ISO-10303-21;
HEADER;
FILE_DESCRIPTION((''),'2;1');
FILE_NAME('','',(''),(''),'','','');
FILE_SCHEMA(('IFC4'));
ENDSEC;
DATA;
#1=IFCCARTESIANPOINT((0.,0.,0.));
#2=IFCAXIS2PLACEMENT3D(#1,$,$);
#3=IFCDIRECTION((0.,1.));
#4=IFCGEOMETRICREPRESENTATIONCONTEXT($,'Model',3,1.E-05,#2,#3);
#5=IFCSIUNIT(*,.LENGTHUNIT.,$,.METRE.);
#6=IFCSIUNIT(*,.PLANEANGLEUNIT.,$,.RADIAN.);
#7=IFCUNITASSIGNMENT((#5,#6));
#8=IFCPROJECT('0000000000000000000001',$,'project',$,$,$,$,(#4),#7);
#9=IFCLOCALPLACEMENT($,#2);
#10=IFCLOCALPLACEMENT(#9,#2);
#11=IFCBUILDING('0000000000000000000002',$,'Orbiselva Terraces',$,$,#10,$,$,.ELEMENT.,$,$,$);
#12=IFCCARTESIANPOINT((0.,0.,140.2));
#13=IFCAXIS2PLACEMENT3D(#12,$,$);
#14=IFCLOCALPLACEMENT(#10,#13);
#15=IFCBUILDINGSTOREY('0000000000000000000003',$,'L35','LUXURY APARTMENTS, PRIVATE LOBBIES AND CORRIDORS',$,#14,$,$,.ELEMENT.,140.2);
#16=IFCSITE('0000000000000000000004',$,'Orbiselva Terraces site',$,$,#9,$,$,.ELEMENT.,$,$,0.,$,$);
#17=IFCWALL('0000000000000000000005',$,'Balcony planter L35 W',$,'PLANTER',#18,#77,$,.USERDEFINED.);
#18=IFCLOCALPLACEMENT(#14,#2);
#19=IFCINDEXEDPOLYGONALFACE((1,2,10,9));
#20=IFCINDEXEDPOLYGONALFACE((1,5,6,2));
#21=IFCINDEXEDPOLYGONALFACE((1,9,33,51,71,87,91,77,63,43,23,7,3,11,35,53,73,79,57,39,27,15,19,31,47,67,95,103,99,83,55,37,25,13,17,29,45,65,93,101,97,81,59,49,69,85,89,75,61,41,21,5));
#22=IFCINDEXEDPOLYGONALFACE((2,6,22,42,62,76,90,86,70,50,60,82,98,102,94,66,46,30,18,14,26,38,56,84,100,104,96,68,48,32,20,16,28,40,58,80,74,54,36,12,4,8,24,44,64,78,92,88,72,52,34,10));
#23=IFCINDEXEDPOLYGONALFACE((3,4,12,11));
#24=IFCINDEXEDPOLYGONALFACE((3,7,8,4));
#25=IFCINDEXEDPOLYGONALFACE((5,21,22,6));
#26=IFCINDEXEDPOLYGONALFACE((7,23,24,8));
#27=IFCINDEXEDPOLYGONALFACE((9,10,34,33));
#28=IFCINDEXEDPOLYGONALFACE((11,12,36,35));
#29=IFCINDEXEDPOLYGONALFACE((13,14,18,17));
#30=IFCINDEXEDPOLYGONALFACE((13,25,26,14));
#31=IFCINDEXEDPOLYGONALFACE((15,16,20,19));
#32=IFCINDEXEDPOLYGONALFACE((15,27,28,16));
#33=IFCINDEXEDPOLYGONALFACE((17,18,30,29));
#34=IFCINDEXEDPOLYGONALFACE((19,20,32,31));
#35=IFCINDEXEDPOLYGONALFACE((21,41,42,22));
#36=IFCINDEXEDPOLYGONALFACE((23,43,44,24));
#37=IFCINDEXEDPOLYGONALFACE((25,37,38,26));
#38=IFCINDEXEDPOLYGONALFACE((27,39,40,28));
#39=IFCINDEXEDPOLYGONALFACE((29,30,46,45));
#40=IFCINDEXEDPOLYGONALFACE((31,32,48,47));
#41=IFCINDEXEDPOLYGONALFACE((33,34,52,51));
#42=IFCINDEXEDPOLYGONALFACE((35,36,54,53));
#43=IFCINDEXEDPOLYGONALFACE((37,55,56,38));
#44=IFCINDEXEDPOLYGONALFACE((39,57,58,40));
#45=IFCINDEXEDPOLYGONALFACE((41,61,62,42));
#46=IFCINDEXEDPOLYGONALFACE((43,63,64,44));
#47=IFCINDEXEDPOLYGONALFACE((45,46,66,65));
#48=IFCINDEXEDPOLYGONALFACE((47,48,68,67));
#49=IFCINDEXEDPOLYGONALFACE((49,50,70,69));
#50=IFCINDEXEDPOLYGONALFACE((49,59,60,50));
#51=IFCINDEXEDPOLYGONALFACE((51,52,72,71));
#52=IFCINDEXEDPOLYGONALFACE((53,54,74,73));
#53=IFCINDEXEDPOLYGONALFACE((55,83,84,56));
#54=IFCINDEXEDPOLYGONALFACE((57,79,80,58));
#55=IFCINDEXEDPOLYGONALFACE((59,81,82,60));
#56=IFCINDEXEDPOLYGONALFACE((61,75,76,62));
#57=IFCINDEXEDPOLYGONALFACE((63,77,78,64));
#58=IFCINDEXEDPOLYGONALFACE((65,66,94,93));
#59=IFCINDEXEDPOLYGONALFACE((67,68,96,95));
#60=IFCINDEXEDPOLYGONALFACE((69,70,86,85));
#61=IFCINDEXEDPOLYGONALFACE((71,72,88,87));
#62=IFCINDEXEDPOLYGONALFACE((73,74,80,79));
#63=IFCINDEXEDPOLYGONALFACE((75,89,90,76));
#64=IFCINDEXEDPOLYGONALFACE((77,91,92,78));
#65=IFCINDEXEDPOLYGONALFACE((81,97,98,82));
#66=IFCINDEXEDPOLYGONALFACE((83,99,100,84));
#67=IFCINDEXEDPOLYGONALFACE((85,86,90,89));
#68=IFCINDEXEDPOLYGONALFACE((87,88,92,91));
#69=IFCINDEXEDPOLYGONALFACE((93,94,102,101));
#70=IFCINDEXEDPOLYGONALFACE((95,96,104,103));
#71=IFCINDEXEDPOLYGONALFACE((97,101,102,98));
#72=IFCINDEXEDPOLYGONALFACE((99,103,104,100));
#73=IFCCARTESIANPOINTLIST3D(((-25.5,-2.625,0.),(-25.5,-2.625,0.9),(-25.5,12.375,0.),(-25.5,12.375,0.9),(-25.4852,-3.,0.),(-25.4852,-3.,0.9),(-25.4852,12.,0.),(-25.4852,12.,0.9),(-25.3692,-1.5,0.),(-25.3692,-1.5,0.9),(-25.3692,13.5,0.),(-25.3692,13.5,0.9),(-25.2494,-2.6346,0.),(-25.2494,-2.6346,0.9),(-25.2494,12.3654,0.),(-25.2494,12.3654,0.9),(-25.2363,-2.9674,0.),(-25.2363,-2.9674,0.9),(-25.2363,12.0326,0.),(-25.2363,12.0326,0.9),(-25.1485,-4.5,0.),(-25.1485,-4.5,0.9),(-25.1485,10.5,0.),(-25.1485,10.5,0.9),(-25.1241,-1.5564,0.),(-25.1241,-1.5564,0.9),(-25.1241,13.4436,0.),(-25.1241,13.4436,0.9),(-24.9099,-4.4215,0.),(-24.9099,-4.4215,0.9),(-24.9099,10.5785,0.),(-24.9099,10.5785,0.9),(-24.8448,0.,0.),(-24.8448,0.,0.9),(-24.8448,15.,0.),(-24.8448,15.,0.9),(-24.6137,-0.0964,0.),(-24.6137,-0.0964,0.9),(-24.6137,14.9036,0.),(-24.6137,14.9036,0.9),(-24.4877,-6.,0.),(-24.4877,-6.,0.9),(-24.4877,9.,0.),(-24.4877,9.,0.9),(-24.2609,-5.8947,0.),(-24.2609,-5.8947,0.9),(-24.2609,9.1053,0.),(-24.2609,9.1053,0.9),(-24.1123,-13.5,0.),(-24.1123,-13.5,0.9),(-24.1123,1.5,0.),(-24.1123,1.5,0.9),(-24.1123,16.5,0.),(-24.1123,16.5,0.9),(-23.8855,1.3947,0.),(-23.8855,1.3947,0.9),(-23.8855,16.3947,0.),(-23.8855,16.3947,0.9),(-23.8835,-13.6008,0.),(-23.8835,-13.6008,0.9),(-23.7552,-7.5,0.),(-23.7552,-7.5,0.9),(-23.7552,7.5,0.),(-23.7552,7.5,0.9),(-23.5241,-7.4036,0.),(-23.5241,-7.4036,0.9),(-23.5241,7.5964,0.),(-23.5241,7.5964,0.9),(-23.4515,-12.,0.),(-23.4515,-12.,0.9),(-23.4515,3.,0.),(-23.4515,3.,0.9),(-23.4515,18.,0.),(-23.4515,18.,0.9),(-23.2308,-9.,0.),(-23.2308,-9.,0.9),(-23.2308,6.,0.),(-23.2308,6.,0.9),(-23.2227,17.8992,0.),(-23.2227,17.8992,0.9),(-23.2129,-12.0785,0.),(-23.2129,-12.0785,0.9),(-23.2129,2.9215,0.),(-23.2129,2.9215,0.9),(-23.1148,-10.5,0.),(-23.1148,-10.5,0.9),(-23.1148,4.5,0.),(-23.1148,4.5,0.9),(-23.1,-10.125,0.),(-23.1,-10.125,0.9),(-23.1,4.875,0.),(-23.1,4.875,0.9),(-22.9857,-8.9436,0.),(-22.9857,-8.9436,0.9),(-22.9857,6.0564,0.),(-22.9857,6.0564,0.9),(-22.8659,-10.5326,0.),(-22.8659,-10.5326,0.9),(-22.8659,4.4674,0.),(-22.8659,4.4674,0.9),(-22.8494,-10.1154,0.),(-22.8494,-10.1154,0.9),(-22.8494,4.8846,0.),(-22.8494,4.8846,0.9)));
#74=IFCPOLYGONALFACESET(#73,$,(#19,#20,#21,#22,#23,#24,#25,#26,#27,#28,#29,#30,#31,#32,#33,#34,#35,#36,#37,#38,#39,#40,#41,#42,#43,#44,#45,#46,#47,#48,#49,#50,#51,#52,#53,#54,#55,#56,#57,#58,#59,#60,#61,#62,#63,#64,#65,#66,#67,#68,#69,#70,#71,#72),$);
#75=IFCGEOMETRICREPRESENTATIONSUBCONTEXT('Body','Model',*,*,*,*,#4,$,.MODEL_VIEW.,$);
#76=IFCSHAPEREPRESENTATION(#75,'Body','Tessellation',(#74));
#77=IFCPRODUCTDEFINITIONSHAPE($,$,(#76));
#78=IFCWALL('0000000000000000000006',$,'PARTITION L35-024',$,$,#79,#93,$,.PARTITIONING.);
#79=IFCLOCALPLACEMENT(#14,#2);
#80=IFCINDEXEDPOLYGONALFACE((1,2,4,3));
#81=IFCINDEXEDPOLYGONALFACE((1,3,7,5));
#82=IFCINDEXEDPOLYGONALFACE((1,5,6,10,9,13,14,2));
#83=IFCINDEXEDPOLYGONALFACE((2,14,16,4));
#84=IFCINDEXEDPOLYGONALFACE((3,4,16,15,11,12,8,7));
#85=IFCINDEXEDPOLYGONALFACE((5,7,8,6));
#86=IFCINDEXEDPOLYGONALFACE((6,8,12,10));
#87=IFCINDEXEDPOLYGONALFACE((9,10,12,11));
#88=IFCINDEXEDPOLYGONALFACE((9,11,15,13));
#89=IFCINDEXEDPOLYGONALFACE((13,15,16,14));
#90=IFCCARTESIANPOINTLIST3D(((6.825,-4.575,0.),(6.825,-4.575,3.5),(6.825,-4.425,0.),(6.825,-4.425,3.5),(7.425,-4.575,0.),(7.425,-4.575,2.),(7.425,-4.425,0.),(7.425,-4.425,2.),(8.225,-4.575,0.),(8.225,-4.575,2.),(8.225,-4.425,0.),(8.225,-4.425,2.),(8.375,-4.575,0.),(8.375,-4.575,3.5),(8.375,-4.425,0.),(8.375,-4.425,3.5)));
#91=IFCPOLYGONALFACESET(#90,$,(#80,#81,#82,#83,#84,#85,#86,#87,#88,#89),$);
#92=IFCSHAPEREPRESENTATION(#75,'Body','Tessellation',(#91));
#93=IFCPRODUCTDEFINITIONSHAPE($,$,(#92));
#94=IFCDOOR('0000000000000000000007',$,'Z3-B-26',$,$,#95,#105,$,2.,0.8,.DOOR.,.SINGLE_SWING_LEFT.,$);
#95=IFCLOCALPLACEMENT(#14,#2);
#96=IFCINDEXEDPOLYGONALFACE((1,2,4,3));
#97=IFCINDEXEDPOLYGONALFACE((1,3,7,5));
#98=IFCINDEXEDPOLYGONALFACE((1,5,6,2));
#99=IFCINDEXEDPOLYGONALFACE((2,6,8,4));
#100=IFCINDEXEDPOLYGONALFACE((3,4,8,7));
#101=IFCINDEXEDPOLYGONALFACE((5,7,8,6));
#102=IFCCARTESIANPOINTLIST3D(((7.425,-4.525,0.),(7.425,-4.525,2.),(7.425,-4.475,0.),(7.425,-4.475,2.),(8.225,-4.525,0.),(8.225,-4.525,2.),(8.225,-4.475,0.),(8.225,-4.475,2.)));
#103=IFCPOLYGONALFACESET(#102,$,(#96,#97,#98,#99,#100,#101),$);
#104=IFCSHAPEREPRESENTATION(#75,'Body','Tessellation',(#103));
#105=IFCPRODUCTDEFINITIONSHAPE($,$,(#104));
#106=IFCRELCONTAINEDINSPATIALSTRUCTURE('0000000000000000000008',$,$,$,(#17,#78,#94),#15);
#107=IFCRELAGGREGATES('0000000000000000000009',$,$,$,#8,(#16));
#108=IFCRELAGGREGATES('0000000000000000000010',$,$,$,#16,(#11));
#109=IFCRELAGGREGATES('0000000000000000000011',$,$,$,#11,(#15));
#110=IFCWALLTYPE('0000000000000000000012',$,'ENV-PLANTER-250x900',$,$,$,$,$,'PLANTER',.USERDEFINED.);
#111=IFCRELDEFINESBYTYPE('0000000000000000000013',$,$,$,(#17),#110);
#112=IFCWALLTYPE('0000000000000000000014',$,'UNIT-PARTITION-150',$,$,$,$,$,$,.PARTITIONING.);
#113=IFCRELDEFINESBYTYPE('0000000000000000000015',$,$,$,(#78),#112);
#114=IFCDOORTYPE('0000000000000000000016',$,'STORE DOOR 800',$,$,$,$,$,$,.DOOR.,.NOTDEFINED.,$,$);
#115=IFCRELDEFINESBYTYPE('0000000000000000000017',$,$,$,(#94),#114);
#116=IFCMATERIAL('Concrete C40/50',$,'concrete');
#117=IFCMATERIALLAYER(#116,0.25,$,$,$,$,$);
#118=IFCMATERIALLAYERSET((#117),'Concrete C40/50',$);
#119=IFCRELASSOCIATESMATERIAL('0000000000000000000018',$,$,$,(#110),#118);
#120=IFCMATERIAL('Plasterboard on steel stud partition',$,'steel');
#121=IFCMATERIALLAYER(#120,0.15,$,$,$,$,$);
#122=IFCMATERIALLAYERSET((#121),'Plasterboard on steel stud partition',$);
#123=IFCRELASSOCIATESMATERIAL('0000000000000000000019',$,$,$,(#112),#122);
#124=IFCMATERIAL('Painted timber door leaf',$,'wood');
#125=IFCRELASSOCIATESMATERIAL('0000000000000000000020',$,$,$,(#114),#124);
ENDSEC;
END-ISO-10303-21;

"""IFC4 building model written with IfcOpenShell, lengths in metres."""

from ifc_helpers import new_model, si_unit, direction, frame, frame_2d, origin, place, context, subcontext, project, spatial, polyline, rectangle, outline, extrude, material, layer, layer_set, type_object, element, fill, save


model = new_model("IFC4")

# Units and contexts
model_context = context("Model", 3, precision=1e-05, world=origin(), true_north=direction((0.0, 1.0)))
body_context = subcontext(model_context, "Body", "Model", "MODEL_VIEW")
ifc_project = project(units=[si_unit("LENGTHUNIT", "METRE"), si_unit("PLANEANGLEUNIT", "RADIAN")], contexts=[model_context])

# Site, building, storey
site_placement = place(None, origin())
site = spatial("IfcSite", under=ifc_project, at=site_placement, Name="Orbiselva Terraces site", CompositionType="ELEMENT", RefElevation=0.0)
building_placement = place(site_placement, origin())
building = spatial("IfcBuilding", under=site, at=building_placement, Name="Orbiselva Terraces", CompositionType="ELEMENT")
storey_placement = place(building_placement, frame((0.0, 0.0, 140.2)))
storey = spatial("IfcBuildingStorey", under=building, at=storey_placement, Name="L35", Description="LUXURY APARTMENTS, PRIVATE LOBBIES AND CORRIDORS", CompositionType="ELEMENT", Elevation=140.2)

# Shared definitions
ifc_material_1 = material(Name="Concrete C40/50", Category="concrete")

# Wall
ifc_layer_1 = layer(ifc_material_1, 0.25)
ifc_layer_set_1 = layer_set([ifc_layer_1], Name="Concrete C40/50")
wall_type_1 = type_object("IfcWallType", Name="ENV-PLANTER-250x900", ElementType="PLANTER", PredefinedType="USERDEFINED", material=ifc_layer_set_1)
wall_1_placement = place(storey_placement, origin())
element("IfcWall", 1, at=wall_1_placement, inside=storey, type_object=wall_type_1, Name="Balcony planter L35 W", ObjectType="PLANTER", PredefinedType="USERDEFINED", context=body_context, shape_type="SweptSolid", body=[
    extrude(outline(polyline([(-23.4515, 18.0), (-24.1123, 16.5), (-24.8448, 15.0), (-25.3692, 13.5), (-25.5, 12.375), (-25.4852, 12.0), (-25.1485, 10.5), (-24.4877, 9.0), (-23.7552, 7.5), (-23.2308, 6.0), (-23.1, 4.875), (-23.1148, 4.5), (-23.4515, 3.0), (-24.1123, 1.5), (-24.8448, 0.0), (-25.3692, -1.5), (-25.5, -2.625), (-25.4852, -3.0), (-25.1485, -4.5), (-24.4877, -6.0), (-23.7552, -7.5), (-23.2308, -9.0), (-23.1, -10.125), (-23.1148, -10.5), (-23.4515, -12.0), (-24.1123, -13.5), (-23.8835, -13.6008), (-23.2129, -12.0785), (-22.8659, -10.5326), (-22.8494, -10.1154), (-22.9857, -8.9436), (-23.5241, -7.4036), (-24.2609, -5.8947), (-24.9099, -4.4215), (-25.2363, -2.9674), (-25.2494, -2.6346), (-25.1241, -1.5564), (-24.6137, -0.0964), (-23.8855, 1.3947), (-23.2129, 2.9215), (-22.8659, 4.4674), (-22.8494, 4.8846), (-22.9857, 6.0564), (-23.5241, 7.5964), (-24.2609, 9.1053), (-24.9099, 10.5785), (-25.2363, 12.0326), (-25.2494, 12.3654), (-25.1241, 13.4436), (-24.6137, 14.9036), (-23.8855, 16.3947), (-23.2227, 17.8992), (-23.4515, 18.0)])), origin(), (0.0, 0.0, 1.0), 0.9),
])

# Wall, opening, door
ifc_material_2 = material(Name="Plasterboard on steel stud partition", Category="steel")
ifc_layer_2 = layer(ifc_material_2, 0.15)
ifc_layer_set_2 = layer_set([ifc_layer_2], Name="Plasterboard on steel stud partition")
wall_type_2 = type_object("IfcWallType", Name="UNIT-PARTITION-150", PredefinedType="PARTITIONING", material=ifc_layer_set_2)
wall_2_placement = place(storey_placement, frame((8.375, -4.5, 0.0), z_axis=(0.0, 0.0, 1.0), x_axis=(-1.0, 0.0, 0.0)))
wall_2 = element("IfcWall", 2, at=wall_2_placement, inside=storey, type_object=wall_type_2, Name="PARTITION L35-024", PredefinedType="PARTITIONING", context=body_context, shape_type="SweptSolid", body=[
    extrude(rectangle(XDim=1.55, YDim=0.15, at=frame_2d((0.775, 0.0))), origin(), (0.0, 0.0, 1.0), 3.5),
])
opening_placement = place(wall_2_placement, frame((0.15, 0.0, 0.0)))
opening = element("IfcOpeningElement", 3, at=opening_placement, cuts=wall_2, PredefinedType="OPENING", context=body_context, shape_type="SweptSolid", body=[
    extrude(rectangle(XDim=0.8, YDim=2.0, at=frame_2d((0.4, 1.0))), frame((0.0, 0.085, 0.0), z_axis=(0.0, -1.0, 0.0), x_axis=(1.0, 0.0, 0.0)), (0.0, 0.0, 1.0), 0.17),
])
ifc_material_3 = material(Name="Painted timber door leaf", Category="wood")
door_type = type_object("IfcDoorType", Name="STORE DOOR 800", OperationType="NOTDEFINED", PredefinedType="DOOR", material=ifc_material_3)
door_placement = place(opening_placement, origin())
door = element("IfcDoor", 4, at=door_placement, inside=storey, type_object=door_type, Name="Z3-B-26", OperationType="SINGLE_SWING_LEFT", OverallHeight=2.0, OverallWidth=0.8, PredefinedType="DOOR", context=body_context, shape_type="SweptSolid", body=[
    extrude(rectangle(XDim=0.8, YDim=2.0, at=frame_2d((0.4, 1.0))), frame((0.0, 0.025, 0.0), z_axis=(0.0, -1.0, 0.0), x_axis=(1.0, 0.0, 0.0)), (0.0, 0.0, 1.0), 0.05),
])
fill(opening, door)

save(model, "model.ifc")
